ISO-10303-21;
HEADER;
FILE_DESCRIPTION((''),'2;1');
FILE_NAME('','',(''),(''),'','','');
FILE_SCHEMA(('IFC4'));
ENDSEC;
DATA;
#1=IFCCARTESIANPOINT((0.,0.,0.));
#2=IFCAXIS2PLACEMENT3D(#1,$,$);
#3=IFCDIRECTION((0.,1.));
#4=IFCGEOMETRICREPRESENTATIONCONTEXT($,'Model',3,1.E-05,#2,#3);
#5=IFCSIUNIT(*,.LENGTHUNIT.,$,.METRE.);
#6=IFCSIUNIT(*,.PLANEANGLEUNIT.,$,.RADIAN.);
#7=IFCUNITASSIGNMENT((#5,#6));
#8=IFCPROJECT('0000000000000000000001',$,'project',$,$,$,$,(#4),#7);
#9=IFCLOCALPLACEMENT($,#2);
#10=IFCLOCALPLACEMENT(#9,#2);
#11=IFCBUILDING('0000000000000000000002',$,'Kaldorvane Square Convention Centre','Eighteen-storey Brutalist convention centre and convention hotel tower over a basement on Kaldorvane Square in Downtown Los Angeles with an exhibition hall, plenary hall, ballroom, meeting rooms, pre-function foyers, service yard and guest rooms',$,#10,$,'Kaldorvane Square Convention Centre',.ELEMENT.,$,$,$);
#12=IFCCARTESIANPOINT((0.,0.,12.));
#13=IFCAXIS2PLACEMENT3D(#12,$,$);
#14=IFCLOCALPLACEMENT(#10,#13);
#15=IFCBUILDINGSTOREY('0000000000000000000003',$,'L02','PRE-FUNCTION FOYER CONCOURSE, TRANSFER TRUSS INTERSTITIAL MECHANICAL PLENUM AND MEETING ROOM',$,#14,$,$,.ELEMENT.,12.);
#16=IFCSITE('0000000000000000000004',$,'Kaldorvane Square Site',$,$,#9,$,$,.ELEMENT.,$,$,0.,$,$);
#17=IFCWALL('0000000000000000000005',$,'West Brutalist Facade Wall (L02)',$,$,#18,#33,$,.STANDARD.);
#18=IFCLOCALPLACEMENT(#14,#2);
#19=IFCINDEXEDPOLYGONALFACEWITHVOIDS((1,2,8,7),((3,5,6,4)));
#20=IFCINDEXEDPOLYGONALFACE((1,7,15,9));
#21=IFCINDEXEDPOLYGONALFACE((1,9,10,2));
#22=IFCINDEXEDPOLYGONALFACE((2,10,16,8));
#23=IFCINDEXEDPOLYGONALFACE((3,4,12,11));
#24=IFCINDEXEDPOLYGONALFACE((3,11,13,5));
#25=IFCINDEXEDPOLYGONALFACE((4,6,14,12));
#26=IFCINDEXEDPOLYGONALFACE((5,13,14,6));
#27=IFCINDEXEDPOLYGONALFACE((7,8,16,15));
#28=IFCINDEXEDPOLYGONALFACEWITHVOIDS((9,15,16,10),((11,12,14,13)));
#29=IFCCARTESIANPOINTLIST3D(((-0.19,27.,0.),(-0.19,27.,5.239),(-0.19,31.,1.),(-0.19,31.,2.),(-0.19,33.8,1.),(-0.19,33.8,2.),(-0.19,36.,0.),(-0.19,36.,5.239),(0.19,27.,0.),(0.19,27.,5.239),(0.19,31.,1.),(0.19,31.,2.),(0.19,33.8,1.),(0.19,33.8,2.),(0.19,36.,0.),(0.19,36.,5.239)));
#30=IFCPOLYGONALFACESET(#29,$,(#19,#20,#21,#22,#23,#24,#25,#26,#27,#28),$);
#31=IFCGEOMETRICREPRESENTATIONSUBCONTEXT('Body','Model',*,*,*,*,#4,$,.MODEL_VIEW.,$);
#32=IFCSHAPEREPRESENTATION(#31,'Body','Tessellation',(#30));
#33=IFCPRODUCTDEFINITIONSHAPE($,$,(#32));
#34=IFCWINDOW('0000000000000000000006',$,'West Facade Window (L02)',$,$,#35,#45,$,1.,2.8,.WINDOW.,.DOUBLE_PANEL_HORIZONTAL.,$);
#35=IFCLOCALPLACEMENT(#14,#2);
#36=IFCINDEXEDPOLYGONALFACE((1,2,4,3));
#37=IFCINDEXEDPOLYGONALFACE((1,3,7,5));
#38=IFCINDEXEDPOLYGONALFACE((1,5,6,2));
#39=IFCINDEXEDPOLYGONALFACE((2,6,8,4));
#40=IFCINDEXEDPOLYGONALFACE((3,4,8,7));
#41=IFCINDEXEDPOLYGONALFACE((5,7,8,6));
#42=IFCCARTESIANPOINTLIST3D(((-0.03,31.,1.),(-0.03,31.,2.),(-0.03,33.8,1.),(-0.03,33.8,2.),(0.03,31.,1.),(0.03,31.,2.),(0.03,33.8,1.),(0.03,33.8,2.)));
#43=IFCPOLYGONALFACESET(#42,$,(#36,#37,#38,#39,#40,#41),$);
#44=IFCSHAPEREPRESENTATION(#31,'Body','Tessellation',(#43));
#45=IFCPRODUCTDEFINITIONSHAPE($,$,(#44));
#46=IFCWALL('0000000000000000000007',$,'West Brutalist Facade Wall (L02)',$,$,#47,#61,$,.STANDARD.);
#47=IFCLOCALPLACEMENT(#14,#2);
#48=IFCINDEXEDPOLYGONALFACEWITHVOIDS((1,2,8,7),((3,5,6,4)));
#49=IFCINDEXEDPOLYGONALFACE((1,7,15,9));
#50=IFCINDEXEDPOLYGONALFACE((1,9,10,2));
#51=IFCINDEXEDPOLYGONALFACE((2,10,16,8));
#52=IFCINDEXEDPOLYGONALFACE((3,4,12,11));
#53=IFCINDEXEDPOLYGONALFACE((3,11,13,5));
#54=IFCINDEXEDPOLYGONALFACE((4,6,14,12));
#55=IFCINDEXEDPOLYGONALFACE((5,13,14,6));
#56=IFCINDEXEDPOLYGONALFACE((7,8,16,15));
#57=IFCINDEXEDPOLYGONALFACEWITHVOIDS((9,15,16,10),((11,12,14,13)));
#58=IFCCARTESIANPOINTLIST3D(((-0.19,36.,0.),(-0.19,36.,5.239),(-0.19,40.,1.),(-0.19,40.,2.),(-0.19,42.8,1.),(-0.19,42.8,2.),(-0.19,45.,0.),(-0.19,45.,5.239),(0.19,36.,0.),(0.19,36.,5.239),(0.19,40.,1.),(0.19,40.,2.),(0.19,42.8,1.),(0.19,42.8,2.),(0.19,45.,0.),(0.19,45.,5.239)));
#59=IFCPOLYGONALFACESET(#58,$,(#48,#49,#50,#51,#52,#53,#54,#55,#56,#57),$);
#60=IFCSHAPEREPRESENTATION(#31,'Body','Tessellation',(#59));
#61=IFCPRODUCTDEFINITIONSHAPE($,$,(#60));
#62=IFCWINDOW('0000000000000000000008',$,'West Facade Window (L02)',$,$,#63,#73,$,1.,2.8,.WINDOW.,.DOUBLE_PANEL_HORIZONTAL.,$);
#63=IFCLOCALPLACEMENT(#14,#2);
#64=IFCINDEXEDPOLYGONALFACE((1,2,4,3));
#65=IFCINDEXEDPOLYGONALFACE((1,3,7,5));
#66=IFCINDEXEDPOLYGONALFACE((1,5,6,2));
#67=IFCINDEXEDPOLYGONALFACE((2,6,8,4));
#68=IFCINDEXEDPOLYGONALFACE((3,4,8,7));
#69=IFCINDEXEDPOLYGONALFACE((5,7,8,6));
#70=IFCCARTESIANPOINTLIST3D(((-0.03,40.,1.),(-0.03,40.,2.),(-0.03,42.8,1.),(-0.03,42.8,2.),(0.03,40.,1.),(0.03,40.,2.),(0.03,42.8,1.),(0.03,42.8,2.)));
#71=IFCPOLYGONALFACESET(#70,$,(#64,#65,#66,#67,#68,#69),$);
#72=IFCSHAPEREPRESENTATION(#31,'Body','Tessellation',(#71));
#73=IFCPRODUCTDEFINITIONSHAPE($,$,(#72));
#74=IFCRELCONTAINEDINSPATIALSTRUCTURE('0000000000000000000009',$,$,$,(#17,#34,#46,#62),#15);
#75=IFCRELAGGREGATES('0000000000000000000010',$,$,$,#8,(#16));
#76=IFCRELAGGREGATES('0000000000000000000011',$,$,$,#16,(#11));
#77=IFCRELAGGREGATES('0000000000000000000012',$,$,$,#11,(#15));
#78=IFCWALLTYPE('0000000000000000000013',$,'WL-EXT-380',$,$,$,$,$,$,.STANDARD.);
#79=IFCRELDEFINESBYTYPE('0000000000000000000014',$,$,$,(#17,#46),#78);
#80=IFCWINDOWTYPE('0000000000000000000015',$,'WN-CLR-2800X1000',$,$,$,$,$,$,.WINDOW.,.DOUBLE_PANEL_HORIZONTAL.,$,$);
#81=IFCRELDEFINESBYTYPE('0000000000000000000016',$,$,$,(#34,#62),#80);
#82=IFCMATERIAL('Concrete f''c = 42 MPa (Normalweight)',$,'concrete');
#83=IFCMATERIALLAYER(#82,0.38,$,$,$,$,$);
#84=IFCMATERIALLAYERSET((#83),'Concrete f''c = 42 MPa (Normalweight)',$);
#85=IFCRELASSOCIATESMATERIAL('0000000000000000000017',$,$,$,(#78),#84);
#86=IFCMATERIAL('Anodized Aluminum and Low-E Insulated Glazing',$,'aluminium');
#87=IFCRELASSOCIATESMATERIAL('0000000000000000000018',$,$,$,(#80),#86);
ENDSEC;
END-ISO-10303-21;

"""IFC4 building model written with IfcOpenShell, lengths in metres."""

from ifc_helpers import new_model, si_unit, direction, frame, frame_2d, origin, place, context, subcontext, project, spatial, rectangle, extrude, material, layer, layer_set, type_object, element, fill, save


model = new_model("IFC4")

# Units and contexts
model_context = context("Model", 3, precision=1e-05, world=origin(), true_north=direction((0.0, 1.0)))
body_context = subcontext(model_context, "Body", "Model", "MODEL_VIEW")
ifc_project = project(units=[si_unit("LENGTHUNIT", "METRE"), si_unit("PLANEANGLEUNIT", "RADIAN")], contexts=[model_context])

# Site, building, storey
site_placement = place(None, origin())
site = spatial("IfcSite", under=ifc_project, at=site_placement, Name="Kaldorvane Square Site", CompositionType="ELEMENT", RefElevation=0.0)
building_placement = place(site_placement, origin())
building = spatial("IfcBuilding", under=site, at=building_placement, Name="Kaldorvane Square Convention Centre", Description="Eighteen-storey Brutalist convention centre and convention hotel tower over a basement on Kaldorvane Square in Downtown Los Angeles with an exhibition hall, plenary hall, ballroom, meeting rooms, pre-function foyers, service yard and guest rooms", LongName="Kaldorvane Square Convention Centre", CompositionType="ELEMENT")
storey_placement = place(building_placement, frame((0.0, 0.0, 12.0)))
storey = spatial("IfcBuildingStorey", under=building, at=storey_placement, Name="L02", Description="PRE-FUNCTION FOYER CONCOURSE, TRANSFER TRUSS INTERSTITIAL MECHANICAL PLENUM AND MEETING ROOM", CompositionType="ELEMENT", Elevation=12.0)

# Walls, openings, windows
ifc_material_1 = material(Name="Concrete f'c = 42 MPa (Normalweight)", Category="concrete")
ifc_layer_1 = layer(ifc_material_1, 0.38)
ifc_layer_set_1 = layer_set([ifc_layer_1], Name="Concrete f'c = 42 MPa (Normalweight)")
wall_type_1 = type_object("IfcWallType", Name="WL-EXT-380", PredefinedType="STANDARD", material=ifc_layer_set_1)
wall_1_placement = place(storey_placement, frame((0.0, 36.0, 0.0), z_axis=(0.0, 0.0, 1.0), x_axis=(0.0, -1.0, 0.0)))
wall_1 = element("IfcWall", 1, at=wall_1_placement, inside=storey, type_object=wall_type_1, Name="West Brutalist Facade Wall (L02)", PredefinedType="STANDARD", context=body_context, shape_type="SweptSolid", body=[
    extrude(rectangle(XDim=9.0, YDim=0.38, at=frame_2d((4.5, 0.0))), origin(), (0.0, 0.0, 1.0), 5.239),
])
opening_1_placement = place(wall_1_placement, frame((2.2, 0.0, 1.0)))
opening_1 = element("IfcOpeningElement", 2, at=opening_1_placement, cuts=wall_1, PredefinedType="OPENING", context=body_context, shape_type="SweptSolid", body=[
    extrude(rectangle(XDim=2.8, YDim=1.0, at=frame_2d((1.4, 0.5))), frame((0.0, 0.205, 0.0), z_axis=(0.0, -1.0, 0.0), x_axis=(1.0, 0.0, 0.0)), (0.0, 0.0, 1.0), 0.41),
])
ifc_material_2 = material(Name="Anodized Aluminum and Low-E Insulated Glazing", Category="aluminium")
window_type = type_object("IfcWindowType", Name="WN-CLR-2800X1000", PartitioningType="DOUBLE_PANEL_HORIZONTAL", PredefinedType="WINDOW", material=ifc_material_2)
window_1_placement = place(opening_1_placement, origin())
window_1 = element("IfcWindow", 3, at=window_1_placement, inside=storey, type_object=window_type, Name="West Facade Window (L02)", OverallHeight=1.0, OverallWidth=2.8, PartitioningType="DOUBLE_PANEL_HORIZONTAL", PredefinedType="WINDOW", context=body_context, shape_type="SweptSolid", body=[
    extrude(rectangle(XDim=2.8, YDim=1.0, at=frame_2d((1.4, 0.5))), frame((0.0, 0.03, 0.0), z_axis=(0.0, -1.0, 0.0), x_axis=(1.0, 0.0, 0.0)), (0.0, 0.0, 1.0), 0.06),
])
fill(opening_1, window_1)
wall_2_placement = place(storey_placement, frame((0.0, 45.0, 0.0), z_axis=(0.0, 0.0, 1.0), x_axis=(0.0, -1.0, 0.0)))
wall_2 = element("IfcWall", 4, at=wall_2_placement, inside=storey, type_object=wall_type_1, Name="West Brutalist Facade Wall (L02)", PredefinedType="STANDARD", context=body_context, shape_type="SweptSolid", body=[
    extrude(rectangle(XDim=9.0, YDim=0.38, at=frame_2d((4.5, 0.0))), origin(), (0.0, 0.0, 1.0), 5.239),
])
opening_2_placement = place(wall_2_placement, frame((2.2, 0.0, 1.0)))
opening_2 = element("IfcOpeningElement", 5, at=opening_2_placement, cuts=wall_2, PredefinedType="OPENING", context=body_context, shape_type="SweptSolid", body=[
    extrude(rectangle(XDim=2.8, YDim=1.0, at=frame_2d((1.4, 0.5))), frame((0.0, 0.205, 0.0), z_axis=(0.0, -1.0, 0.0), x_axis=(1.0, 0.0, 0.0)), (0.0, 0.0, 1.0), 0.41),
])
window_2_placement = place(opening_2_placement, origin())
window_2 = element("IfcWindow", 6, at=window_2_placement, inside=storey, type_object=window_type, Name="West Facade Window (L02)", OverallHeight=1.0, OverallWidth=2.8, PartitioningType="DOUBLE_PANEL_HORIZONTAL", PredefinedType="WINDOW", context=body_context, shape_type="SweptSolid", body=[
    extrude(rectangle(XDim=2.8, YDim=1.0, at=frame_2d((1.4, 0.5))), frame((0.0, 0.03, 0.0), z_axis=(0.0, -1.0, 0.0), x_axis=(1.0, 0.0, 0.0)), (0.0, 0.0, 1.0), 0.06),
])
fill(opening_2, window_2)

save(model, "model.ifc")
